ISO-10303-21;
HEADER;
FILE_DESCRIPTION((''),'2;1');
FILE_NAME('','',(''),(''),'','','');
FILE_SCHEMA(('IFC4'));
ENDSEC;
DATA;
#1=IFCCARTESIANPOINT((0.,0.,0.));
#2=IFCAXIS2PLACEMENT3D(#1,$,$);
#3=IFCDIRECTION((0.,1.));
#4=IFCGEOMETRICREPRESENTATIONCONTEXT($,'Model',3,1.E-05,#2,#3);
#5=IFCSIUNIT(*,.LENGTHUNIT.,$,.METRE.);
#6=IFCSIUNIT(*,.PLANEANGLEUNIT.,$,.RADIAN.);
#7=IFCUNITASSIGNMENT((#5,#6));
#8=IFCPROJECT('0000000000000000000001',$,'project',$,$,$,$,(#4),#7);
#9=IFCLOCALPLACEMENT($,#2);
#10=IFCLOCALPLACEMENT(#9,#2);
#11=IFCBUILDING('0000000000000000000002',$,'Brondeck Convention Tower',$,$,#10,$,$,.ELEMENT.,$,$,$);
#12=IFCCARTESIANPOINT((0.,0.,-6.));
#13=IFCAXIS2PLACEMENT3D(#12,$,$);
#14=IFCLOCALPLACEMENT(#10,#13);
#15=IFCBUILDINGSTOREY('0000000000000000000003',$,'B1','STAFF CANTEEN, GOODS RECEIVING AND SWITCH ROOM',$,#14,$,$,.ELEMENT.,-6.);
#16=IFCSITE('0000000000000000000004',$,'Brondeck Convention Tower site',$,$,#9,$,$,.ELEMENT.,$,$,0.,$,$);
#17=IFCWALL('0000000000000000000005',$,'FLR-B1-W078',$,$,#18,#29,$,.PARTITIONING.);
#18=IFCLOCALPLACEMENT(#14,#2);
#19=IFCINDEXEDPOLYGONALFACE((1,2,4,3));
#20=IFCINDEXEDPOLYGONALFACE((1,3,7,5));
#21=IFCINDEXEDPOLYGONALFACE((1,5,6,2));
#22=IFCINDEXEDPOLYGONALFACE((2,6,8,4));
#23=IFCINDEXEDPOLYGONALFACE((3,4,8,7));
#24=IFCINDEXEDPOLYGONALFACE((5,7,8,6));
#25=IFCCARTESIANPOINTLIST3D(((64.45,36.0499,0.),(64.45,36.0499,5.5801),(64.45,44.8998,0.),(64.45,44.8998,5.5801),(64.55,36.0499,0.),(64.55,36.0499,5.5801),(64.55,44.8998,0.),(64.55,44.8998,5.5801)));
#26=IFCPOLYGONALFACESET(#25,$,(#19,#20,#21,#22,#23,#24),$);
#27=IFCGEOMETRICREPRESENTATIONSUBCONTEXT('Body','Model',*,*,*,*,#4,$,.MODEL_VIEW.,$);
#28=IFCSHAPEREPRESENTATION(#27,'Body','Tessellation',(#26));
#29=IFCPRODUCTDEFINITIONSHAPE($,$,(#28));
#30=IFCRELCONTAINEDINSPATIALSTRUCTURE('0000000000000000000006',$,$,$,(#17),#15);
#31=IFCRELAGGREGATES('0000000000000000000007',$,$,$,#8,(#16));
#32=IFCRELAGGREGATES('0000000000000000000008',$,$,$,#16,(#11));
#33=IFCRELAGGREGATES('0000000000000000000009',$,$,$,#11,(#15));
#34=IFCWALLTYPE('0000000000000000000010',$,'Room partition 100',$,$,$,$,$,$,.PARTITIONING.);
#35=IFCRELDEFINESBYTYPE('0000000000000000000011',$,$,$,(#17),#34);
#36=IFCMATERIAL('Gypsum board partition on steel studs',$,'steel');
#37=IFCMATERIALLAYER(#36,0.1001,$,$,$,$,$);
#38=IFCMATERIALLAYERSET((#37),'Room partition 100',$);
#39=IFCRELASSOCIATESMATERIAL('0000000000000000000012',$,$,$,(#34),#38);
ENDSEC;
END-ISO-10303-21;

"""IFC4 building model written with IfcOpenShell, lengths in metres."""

from ifc_helpers import new_model, si_unit, direction, frame, frame_2d, origin, place, context, subcontext, project, spatial, rectangle, extrude, material, layer, layer_set, type_object, element, save


model = new_model("IFC4")

# Units and contexts
model_context = context("Model", 3, precision=1e-05, world=origin(), true_north=direction((0.0, 1.0)))
body_context = subcontext(model_context, "Body", "Model", "MODEL_VIEW")
ifc_project = project(units=[si_unit("LENGTHUNIT", "METRE"), si_unit("PLANEANGLEUNIT", "RADIAN")], contexts=[model_context])

# Site, building, storey
site_placement = place(None, origin())
site = spatial("IfcSite", under=ifc_project, at=site_placement, Name="Brondeck Convention Tower site", CompositionType="ELEMENT", RefElevation=0.0)
building_placement = place(site_placement, origin())
building = spatial("IfcBuilding", under=site, at=building_placement, Name="Brondeck Convention Tower", CompositionType="ELEMENT")
storey_placement = place(building_placement, frame((0.0, 0.0, -6.0)))
storey = spatial("IfcBuildingStorey", under=building, at=storey_placement, Name="B1", Description="STAFF CANTEEN, GOODS RECEIVING AND SWITCH ROOM", CompositionType="ELEMENT", Elevation=-6.0)

# Wall
ifc_material_1 = material(Name="Gypsum board partition on steel studs", Category="steel")
ifc_layer_1 = layer(ifc_material_1, 0.1001)
ifc_layer_set_1 = layer_set([ifc_layer_1], Name="Room partition 100")
wall_type_1 = type_object("IfcWallType", Name="Room partition 100", PredefinedType="PARTITIONING", material=ifc_layer_set_1)
wall_1_placement = place(storey_placement, frame((64.5, 36.05, 0.0), z_axis=(0.0, 0.0, 1.0), x_axis=(0.0, 1.0, 0.0)))
element("IfcWall", 1, at=wall_1_placement, inside=storey, type_object=wall_type_1, Name="FLR-B1-W078", PredefinedType="PARTITIONING", context=body_context, shape_type="SweptSolid", body=[
    extrude(rectangle(XDim=8.8499, YDim=0.1001, at=frame_2d((4.4248, 0.0))), origin(), (0.0, 0.0, 1.0), 5.5801),
])

save(model, "model.ifc")
